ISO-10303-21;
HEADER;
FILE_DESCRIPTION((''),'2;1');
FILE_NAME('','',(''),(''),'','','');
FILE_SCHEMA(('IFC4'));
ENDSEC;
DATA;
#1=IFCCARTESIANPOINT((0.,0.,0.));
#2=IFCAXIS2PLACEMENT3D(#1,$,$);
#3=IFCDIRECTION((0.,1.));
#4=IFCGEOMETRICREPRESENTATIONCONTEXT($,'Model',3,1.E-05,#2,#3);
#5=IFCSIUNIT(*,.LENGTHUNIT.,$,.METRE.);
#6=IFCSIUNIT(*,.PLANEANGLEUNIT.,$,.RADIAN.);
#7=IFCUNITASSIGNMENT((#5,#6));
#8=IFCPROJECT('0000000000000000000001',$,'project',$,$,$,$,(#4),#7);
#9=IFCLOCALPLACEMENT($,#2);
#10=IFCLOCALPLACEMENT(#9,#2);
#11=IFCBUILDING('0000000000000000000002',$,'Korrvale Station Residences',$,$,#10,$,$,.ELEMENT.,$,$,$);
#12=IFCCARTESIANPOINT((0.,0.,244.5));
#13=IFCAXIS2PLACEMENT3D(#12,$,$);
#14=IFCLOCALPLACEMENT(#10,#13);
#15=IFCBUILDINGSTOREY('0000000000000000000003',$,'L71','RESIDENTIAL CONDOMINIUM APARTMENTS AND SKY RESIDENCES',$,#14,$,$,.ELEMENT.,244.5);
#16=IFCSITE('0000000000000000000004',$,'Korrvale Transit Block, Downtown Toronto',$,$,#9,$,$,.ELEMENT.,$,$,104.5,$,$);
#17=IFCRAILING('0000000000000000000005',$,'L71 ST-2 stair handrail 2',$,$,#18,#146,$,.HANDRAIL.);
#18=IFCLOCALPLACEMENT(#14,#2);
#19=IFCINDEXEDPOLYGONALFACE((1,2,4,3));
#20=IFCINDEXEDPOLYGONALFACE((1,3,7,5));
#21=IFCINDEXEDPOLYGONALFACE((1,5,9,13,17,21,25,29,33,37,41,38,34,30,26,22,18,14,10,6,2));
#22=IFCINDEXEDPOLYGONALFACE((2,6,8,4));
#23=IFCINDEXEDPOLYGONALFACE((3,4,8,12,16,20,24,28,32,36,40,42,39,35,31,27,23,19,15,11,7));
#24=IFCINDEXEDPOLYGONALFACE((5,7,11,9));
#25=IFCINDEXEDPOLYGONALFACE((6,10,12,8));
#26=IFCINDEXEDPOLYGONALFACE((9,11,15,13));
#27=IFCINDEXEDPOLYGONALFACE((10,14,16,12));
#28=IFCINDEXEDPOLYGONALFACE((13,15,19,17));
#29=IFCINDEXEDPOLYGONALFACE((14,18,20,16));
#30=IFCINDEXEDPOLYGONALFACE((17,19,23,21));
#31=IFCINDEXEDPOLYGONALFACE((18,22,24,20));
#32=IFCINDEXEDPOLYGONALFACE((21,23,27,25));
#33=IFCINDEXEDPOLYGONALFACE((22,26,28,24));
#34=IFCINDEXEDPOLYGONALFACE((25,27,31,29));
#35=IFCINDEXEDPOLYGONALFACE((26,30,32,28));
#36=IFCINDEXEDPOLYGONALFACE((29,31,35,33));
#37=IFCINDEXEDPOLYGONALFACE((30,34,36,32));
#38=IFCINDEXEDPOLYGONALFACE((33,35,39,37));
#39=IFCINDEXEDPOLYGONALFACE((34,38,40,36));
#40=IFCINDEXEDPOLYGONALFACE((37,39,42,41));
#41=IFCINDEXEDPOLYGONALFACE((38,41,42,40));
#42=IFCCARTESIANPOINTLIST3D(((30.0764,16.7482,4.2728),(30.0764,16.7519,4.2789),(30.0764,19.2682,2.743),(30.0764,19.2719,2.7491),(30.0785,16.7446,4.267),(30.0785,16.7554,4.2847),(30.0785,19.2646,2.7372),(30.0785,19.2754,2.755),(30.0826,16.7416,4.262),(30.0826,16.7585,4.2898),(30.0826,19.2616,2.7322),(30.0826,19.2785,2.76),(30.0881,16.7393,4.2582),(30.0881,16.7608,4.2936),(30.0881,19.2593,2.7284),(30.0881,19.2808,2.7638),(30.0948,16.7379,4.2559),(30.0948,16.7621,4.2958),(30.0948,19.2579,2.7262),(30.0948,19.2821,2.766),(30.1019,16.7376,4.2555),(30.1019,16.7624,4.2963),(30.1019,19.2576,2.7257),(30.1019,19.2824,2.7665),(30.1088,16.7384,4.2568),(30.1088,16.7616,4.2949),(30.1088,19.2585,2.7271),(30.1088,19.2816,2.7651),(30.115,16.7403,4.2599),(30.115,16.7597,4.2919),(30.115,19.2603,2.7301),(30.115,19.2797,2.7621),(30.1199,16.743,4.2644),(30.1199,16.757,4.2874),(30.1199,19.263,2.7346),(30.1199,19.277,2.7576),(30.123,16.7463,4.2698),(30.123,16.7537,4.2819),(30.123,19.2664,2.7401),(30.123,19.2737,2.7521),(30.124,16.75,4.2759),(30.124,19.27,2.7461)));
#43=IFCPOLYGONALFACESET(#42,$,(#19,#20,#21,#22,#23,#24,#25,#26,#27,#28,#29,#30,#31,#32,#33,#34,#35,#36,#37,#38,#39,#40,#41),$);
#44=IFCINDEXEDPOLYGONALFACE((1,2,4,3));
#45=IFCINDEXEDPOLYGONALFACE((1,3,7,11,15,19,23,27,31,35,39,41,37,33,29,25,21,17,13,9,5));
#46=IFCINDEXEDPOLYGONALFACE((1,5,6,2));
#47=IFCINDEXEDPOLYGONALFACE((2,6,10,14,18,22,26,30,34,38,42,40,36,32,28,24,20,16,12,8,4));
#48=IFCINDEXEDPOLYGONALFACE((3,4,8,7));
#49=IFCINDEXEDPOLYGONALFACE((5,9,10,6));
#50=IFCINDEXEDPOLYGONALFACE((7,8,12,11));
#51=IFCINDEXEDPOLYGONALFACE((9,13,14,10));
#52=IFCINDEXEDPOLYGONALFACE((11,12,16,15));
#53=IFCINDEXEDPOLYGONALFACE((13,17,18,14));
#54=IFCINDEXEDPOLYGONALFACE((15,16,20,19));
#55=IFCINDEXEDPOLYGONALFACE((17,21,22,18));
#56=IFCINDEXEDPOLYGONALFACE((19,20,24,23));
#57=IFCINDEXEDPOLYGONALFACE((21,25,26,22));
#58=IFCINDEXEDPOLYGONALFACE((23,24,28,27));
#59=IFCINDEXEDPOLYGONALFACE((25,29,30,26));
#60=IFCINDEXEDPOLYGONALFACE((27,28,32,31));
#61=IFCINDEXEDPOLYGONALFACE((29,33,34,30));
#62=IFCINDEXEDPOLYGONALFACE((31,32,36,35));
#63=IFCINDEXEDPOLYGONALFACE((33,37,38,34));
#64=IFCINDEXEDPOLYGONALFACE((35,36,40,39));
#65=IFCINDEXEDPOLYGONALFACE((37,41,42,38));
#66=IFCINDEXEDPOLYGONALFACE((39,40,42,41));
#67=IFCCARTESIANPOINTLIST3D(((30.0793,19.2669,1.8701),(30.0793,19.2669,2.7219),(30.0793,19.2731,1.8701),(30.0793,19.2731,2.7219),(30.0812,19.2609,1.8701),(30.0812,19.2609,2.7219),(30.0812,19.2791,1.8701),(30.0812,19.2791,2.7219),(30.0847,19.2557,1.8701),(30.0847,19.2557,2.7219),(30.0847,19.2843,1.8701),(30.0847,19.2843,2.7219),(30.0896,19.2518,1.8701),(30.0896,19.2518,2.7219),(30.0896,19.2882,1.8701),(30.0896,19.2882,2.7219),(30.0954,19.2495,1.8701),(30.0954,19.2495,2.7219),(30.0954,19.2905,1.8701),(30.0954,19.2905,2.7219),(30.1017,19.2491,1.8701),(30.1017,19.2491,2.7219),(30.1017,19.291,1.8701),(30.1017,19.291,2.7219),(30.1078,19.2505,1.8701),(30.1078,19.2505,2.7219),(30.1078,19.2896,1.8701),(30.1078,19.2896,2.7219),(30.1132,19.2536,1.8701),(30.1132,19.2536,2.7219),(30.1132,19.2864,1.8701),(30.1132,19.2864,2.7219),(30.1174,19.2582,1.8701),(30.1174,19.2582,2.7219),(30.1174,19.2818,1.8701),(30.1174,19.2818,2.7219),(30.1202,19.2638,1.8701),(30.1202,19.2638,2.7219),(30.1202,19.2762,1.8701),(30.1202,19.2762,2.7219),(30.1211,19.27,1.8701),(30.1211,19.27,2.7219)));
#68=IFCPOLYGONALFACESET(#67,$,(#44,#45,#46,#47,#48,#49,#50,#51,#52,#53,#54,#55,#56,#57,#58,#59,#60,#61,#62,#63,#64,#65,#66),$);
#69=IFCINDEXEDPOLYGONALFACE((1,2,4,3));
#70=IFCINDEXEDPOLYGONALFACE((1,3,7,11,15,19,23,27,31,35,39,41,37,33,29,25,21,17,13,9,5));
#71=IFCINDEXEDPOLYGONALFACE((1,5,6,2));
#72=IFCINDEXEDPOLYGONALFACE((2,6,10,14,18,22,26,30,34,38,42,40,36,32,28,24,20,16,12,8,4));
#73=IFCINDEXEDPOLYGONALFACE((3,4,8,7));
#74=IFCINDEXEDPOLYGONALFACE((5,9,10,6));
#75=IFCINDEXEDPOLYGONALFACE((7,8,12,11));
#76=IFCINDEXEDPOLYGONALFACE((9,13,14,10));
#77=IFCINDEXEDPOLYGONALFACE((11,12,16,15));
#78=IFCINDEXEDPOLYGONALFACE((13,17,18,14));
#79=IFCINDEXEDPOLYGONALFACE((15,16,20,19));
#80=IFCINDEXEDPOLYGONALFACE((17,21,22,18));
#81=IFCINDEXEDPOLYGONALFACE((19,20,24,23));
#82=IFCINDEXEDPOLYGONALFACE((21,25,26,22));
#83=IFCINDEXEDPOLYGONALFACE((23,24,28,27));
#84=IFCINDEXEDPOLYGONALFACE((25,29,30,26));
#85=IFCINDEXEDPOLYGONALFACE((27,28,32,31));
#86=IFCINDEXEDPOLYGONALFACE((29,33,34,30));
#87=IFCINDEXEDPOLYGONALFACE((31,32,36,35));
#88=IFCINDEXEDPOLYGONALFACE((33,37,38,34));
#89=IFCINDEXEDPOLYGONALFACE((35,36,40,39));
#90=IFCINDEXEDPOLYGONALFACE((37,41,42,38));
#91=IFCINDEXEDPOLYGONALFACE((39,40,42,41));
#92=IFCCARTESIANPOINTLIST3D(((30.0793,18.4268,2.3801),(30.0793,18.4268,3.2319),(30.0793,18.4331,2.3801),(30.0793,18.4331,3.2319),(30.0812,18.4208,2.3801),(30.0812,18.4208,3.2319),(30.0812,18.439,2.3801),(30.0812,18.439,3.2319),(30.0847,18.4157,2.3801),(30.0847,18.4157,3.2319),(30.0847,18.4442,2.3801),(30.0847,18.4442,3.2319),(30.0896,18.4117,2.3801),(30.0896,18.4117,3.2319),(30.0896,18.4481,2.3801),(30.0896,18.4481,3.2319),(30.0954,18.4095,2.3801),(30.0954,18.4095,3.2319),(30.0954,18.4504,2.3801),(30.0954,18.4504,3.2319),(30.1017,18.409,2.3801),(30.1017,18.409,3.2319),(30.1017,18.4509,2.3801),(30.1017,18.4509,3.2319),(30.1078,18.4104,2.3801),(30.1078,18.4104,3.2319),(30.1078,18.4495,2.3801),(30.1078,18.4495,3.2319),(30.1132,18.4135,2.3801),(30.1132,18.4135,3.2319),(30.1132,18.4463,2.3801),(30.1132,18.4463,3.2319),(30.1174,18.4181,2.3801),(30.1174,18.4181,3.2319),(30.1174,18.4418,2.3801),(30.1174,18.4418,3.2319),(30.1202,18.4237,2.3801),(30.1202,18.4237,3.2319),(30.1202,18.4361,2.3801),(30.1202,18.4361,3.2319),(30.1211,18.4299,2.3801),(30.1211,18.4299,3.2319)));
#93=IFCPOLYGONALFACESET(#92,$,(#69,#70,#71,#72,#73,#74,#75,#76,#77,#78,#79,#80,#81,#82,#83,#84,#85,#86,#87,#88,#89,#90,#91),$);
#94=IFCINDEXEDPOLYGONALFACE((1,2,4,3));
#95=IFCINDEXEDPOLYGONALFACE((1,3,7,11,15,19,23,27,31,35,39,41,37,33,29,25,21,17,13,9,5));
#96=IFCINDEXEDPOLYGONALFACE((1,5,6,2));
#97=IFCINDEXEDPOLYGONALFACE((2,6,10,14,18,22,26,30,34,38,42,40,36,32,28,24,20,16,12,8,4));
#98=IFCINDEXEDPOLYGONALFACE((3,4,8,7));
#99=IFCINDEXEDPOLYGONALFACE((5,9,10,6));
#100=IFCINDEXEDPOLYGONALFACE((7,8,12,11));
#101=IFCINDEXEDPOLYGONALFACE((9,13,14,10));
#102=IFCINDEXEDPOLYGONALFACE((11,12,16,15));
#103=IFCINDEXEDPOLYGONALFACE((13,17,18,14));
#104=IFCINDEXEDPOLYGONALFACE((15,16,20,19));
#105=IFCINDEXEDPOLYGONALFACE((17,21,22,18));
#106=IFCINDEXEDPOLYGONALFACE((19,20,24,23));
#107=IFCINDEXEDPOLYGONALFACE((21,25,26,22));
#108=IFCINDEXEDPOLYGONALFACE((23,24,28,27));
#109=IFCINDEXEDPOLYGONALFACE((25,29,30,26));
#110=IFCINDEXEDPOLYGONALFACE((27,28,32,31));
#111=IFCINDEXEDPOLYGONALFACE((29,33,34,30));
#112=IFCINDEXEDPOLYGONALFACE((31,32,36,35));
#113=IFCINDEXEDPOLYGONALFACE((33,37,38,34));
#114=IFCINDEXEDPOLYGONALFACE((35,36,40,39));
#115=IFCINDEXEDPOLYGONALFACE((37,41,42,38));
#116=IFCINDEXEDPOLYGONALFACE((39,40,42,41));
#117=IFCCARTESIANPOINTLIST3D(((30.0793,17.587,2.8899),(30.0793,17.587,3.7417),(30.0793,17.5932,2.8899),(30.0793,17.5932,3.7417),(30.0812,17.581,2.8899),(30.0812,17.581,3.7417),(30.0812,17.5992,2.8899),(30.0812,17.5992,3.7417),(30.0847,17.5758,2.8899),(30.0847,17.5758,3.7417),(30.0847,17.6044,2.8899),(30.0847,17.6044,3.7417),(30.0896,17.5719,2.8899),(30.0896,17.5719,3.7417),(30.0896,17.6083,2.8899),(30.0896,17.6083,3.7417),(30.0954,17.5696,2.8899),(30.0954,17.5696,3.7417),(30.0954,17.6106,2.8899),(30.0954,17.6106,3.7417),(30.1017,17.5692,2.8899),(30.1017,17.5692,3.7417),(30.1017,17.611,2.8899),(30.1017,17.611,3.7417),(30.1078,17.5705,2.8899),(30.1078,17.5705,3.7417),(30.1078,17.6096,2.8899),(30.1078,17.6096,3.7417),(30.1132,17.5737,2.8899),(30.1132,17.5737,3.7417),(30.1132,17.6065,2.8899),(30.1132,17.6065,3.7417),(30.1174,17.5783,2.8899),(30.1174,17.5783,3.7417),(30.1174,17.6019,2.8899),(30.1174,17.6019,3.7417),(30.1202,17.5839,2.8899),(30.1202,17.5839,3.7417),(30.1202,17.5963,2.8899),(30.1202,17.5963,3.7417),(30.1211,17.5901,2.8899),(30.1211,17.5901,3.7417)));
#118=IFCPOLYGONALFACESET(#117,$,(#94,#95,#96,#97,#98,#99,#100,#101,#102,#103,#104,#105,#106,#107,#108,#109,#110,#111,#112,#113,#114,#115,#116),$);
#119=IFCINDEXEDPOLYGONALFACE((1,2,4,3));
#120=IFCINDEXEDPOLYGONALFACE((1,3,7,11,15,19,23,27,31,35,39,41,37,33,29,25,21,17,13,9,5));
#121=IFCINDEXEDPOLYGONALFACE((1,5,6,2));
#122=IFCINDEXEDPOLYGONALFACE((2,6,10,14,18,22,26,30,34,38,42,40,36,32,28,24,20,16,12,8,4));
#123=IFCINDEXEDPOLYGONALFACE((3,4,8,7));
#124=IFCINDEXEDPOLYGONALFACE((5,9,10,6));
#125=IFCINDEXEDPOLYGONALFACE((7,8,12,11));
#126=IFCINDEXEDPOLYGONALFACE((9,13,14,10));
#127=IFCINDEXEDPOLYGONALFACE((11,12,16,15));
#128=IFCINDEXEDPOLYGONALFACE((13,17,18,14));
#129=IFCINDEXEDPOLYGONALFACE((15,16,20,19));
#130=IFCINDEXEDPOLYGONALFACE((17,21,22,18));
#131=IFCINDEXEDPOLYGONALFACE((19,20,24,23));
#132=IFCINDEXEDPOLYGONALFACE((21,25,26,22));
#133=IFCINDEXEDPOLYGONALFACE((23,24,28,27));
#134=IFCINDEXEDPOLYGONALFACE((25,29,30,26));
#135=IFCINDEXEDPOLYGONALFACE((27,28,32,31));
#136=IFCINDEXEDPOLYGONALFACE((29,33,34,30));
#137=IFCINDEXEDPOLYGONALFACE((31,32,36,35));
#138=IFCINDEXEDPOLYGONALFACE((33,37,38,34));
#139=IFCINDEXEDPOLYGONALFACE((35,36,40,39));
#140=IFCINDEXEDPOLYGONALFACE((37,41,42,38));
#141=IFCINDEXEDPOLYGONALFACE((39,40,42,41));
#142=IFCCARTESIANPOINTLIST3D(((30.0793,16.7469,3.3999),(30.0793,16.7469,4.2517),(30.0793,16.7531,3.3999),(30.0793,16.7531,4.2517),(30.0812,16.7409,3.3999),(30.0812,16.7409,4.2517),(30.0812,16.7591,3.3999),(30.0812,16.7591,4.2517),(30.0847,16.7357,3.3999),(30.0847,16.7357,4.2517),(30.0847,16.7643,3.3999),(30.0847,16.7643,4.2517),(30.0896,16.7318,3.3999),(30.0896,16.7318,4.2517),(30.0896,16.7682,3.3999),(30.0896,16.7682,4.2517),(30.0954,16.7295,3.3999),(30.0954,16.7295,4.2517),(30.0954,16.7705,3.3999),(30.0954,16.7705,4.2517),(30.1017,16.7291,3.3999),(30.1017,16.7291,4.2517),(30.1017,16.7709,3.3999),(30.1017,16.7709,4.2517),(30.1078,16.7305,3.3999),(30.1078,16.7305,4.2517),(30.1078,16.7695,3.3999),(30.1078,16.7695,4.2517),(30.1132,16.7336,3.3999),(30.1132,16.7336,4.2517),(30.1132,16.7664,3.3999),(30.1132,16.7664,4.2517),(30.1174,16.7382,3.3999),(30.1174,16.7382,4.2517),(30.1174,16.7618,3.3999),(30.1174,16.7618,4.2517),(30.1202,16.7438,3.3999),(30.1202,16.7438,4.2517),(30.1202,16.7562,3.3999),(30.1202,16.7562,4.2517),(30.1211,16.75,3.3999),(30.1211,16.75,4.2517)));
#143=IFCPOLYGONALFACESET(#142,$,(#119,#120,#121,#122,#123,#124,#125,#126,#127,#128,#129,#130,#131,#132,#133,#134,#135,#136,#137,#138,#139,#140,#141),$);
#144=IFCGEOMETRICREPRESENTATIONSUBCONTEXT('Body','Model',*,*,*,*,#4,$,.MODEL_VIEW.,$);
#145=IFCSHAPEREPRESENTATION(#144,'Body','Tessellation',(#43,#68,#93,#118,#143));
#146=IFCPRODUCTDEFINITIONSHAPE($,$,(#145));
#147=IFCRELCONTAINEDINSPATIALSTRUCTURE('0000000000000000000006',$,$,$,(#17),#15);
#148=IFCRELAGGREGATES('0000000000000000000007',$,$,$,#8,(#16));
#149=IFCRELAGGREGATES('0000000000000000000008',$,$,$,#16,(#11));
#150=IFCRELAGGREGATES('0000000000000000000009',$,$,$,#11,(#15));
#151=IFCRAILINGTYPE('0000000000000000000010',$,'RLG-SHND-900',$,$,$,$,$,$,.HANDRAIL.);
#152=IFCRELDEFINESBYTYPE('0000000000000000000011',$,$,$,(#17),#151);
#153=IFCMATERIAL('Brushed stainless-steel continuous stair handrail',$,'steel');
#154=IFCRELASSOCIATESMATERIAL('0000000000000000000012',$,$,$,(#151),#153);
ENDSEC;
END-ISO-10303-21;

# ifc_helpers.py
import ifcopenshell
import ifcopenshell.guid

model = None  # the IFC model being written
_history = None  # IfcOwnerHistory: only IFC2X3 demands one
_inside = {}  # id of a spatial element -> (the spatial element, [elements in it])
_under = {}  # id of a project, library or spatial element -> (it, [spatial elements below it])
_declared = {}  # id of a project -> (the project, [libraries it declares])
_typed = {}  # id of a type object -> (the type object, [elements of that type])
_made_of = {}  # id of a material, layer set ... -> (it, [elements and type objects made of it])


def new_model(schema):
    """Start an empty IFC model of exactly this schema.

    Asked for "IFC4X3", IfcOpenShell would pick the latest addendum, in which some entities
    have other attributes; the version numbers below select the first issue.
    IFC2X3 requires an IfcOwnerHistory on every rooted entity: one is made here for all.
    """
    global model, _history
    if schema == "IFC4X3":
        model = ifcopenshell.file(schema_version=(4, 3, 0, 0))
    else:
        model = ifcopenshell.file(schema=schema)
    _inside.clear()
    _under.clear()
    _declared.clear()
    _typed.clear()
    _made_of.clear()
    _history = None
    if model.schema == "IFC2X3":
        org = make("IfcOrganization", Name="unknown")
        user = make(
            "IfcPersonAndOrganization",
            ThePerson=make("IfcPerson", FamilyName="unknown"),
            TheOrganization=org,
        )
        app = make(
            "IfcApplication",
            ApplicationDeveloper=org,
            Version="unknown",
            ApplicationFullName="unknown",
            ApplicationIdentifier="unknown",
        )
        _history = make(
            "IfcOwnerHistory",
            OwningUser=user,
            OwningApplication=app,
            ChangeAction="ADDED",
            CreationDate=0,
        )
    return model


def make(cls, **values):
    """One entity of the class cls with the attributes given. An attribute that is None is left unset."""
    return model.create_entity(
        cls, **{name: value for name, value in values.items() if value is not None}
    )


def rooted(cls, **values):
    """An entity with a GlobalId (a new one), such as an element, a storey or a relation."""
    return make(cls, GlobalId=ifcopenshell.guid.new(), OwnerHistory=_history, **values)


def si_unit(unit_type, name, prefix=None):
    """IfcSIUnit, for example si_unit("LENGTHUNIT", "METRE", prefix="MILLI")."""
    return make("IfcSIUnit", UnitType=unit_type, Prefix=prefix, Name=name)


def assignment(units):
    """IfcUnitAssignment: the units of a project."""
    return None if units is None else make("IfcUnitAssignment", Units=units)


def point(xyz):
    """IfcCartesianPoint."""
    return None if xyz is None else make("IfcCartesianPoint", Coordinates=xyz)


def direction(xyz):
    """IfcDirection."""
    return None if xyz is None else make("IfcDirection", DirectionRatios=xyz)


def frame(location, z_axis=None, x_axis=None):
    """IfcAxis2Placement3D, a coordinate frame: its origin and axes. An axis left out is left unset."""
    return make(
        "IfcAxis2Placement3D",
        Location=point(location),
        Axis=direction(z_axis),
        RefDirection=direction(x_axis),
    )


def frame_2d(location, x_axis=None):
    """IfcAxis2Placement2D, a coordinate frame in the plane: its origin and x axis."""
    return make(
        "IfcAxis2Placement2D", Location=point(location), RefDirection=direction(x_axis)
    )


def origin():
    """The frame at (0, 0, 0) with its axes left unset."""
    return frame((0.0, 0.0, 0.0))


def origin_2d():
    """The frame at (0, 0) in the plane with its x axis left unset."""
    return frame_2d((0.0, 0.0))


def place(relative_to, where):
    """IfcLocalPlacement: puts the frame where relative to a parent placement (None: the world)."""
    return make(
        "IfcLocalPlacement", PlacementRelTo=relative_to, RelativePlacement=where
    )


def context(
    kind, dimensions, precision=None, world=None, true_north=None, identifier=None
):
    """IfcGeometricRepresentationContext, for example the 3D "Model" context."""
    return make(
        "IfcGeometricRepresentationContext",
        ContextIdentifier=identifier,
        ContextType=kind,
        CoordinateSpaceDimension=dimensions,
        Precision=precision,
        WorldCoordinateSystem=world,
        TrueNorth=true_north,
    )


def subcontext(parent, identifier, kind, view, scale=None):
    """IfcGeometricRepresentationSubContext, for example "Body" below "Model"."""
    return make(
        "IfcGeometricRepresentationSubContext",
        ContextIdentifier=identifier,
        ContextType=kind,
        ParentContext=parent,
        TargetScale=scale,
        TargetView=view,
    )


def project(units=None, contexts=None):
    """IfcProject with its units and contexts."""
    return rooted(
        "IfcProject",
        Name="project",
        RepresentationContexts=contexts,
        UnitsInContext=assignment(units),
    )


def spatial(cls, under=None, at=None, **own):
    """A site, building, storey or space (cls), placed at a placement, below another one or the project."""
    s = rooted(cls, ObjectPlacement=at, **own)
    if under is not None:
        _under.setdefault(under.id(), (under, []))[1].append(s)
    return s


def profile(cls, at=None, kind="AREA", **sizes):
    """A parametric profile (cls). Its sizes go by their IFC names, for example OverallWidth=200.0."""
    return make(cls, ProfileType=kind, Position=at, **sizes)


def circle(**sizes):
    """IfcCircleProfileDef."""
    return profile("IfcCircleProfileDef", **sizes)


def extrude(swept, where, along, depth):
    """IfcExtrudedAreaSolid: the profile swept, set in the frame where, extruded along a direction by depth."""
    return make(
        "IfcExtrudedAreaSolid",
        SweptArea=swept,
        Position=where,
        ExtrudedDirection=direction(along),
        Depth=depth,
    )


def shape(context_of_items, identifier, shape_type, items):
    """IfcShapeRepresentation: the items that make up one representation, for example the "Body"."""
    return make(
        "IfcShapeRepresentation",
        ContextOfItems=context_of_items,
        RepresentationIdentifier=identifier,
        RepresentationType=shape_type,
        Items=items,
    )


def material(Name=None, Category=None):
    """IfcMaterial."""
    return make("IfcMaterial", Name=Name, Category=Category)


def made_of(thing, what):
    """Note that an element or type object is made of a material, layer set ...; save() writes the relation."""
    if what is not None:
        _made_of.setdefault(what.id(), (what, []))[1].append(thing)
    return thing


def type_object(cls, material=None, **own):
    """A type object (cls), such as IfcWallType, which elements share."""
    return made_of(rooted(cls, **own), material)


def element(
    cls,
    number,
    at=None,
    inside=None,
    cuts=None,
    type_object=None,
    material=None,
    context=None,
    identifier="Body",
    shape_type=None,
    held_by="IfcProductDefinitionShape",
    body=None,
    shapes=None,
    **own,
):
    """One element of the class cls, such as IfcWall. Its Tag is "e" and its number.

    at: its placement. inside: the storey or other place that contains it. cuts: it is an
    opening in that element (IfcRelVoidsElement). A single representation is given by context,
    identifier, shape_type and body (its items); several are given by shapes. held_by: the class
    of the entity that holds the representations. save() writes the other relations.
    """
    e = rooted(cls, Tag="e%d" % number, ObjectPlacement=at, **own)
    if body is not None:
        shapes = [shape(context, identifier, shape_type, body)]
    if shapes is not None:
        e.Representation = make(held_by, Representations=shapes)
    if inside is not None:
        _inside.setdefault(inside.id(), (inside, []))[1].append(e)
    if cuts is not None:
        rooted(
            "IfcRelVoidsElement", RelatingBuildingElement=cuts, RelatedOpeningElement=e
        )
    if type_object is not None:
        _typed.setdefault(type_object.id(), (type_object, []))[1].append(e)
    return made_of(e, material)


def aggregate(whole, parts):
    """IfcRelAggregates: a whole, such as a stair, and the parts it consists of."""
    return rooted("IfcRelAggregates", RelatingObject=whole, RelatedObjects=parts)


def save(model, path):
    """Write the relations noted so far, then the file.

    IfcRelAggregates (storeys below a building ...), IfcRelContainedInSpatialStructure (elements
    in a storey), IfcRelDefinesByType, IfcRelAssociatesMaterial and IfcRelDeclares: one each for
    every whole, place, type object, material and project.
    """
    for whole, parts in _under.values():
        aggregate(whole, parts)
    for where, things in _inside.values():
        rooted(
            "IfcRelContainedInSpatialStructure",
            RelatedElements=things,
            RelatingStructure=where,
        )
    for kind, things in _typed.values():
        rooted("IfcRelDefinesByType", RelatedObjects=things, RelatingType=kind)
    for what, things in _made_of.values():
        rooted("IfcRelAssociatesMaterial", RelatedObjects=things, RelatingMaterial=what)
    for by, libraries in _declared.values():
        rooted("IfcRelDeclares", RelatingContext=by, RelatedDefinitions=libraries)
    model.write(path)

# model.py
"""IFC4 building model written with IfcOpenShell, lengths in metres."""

from ifc_helpers import new_model, si_unit, direction, frame, origin, origin_2d, place, context, subcontext, project, spatial, circle, extrude, material, type_object, element, save


model = new_model("IFC4")

# Units and contexts
model_context = context("Model", 3, precision=1e-05, world=origin(), true_north=direction((0.0, 1.0)))
body_context = subcontext(model_context, "Body", "Model", "MODEL_VIEW")
ifc_project = project(units=[si_unit("LENGTHUNIT", "METRE"), si_unit("PLANEANGLEUNIT", "RADIAN")], contexts=[model_context])

# Site, building, storey
site_placement = place(None, origin())
site = spatial("IfcSite", under=ifc_project, at=site_placement, Name="Korrvale Transit Block, Downtown Toronto", CompositionType="ELEMENT", RefElevation=104.5)
building_placement = place(site_placement, origin())
building = spatial("IfcBuilding", under=site, at=building_placement, Name="Korrvale Station Residences", CompositionType="ELEMENT")
storey_placement = place(building_placement, frame((0.0, 0.0, 244.5)))
storey = spatial("IfcBuildingStorey", under=building, at=storey_placement, Name="L71", Description="RESIDENTIAL CONDOMINIUM APARTMENTS AND SKY RESIDENCES", CompositionType="ELEMENT", Elevation=244.5)

# Railing
ifc_material_1 = material(Name="Brushed stainless-steel continuous stair handrail", Category="steel")
railing_type_1 = type_object("IfcRailingType", Name="RLG-SHND-900", PredefinedType="HANDRAIL", material=ifc_material_1)
railing_1_placement = place(storey_placement, frame((30.1001, 19.27, 1.8701)))
element("IfcRailing", 1, at=railing_1_placement, inside=storey, type_object=railing_type_1, Name="L71 ST-2 stair handrail 2", PredefinedType="HANDRAIL", context=body_context, shape_type="SweptSolid", body=[
    extrude(circle(Radius=0.0239, at=origin_2d()), frame((0.0, 0.0, 0.876), z_axis=(0.0, -0.854822, 0.518922), x_axis=(1.0, 0.0, 0.0)), (0.0, 0.0, 1.0), 2.948),
    extrude(circle(Radius=0.021, at=origin_2d()), origin(), (0.0, 0.0, 1.0), 0.8518),
    extrude(circle(Radius=0.021, at=origin_2d()), frame((0.0, -0.8401, 0.51)), (0.0, 0.0, 1.0), 0.8518),
    extrude(circle(Radius=0.021, at=origin_2d()), frame((0.0, -1.6799, 1.0198)), (0.0, 0.0, 1.0), 0.8518),
    extrude(circle(Radius=0.021, at=origin_2d()), frame((0.0, -2.52, 1.5298)), (0.0, 0.0, 1.0), 0.8518),
])

save(model, "model.ifc")
